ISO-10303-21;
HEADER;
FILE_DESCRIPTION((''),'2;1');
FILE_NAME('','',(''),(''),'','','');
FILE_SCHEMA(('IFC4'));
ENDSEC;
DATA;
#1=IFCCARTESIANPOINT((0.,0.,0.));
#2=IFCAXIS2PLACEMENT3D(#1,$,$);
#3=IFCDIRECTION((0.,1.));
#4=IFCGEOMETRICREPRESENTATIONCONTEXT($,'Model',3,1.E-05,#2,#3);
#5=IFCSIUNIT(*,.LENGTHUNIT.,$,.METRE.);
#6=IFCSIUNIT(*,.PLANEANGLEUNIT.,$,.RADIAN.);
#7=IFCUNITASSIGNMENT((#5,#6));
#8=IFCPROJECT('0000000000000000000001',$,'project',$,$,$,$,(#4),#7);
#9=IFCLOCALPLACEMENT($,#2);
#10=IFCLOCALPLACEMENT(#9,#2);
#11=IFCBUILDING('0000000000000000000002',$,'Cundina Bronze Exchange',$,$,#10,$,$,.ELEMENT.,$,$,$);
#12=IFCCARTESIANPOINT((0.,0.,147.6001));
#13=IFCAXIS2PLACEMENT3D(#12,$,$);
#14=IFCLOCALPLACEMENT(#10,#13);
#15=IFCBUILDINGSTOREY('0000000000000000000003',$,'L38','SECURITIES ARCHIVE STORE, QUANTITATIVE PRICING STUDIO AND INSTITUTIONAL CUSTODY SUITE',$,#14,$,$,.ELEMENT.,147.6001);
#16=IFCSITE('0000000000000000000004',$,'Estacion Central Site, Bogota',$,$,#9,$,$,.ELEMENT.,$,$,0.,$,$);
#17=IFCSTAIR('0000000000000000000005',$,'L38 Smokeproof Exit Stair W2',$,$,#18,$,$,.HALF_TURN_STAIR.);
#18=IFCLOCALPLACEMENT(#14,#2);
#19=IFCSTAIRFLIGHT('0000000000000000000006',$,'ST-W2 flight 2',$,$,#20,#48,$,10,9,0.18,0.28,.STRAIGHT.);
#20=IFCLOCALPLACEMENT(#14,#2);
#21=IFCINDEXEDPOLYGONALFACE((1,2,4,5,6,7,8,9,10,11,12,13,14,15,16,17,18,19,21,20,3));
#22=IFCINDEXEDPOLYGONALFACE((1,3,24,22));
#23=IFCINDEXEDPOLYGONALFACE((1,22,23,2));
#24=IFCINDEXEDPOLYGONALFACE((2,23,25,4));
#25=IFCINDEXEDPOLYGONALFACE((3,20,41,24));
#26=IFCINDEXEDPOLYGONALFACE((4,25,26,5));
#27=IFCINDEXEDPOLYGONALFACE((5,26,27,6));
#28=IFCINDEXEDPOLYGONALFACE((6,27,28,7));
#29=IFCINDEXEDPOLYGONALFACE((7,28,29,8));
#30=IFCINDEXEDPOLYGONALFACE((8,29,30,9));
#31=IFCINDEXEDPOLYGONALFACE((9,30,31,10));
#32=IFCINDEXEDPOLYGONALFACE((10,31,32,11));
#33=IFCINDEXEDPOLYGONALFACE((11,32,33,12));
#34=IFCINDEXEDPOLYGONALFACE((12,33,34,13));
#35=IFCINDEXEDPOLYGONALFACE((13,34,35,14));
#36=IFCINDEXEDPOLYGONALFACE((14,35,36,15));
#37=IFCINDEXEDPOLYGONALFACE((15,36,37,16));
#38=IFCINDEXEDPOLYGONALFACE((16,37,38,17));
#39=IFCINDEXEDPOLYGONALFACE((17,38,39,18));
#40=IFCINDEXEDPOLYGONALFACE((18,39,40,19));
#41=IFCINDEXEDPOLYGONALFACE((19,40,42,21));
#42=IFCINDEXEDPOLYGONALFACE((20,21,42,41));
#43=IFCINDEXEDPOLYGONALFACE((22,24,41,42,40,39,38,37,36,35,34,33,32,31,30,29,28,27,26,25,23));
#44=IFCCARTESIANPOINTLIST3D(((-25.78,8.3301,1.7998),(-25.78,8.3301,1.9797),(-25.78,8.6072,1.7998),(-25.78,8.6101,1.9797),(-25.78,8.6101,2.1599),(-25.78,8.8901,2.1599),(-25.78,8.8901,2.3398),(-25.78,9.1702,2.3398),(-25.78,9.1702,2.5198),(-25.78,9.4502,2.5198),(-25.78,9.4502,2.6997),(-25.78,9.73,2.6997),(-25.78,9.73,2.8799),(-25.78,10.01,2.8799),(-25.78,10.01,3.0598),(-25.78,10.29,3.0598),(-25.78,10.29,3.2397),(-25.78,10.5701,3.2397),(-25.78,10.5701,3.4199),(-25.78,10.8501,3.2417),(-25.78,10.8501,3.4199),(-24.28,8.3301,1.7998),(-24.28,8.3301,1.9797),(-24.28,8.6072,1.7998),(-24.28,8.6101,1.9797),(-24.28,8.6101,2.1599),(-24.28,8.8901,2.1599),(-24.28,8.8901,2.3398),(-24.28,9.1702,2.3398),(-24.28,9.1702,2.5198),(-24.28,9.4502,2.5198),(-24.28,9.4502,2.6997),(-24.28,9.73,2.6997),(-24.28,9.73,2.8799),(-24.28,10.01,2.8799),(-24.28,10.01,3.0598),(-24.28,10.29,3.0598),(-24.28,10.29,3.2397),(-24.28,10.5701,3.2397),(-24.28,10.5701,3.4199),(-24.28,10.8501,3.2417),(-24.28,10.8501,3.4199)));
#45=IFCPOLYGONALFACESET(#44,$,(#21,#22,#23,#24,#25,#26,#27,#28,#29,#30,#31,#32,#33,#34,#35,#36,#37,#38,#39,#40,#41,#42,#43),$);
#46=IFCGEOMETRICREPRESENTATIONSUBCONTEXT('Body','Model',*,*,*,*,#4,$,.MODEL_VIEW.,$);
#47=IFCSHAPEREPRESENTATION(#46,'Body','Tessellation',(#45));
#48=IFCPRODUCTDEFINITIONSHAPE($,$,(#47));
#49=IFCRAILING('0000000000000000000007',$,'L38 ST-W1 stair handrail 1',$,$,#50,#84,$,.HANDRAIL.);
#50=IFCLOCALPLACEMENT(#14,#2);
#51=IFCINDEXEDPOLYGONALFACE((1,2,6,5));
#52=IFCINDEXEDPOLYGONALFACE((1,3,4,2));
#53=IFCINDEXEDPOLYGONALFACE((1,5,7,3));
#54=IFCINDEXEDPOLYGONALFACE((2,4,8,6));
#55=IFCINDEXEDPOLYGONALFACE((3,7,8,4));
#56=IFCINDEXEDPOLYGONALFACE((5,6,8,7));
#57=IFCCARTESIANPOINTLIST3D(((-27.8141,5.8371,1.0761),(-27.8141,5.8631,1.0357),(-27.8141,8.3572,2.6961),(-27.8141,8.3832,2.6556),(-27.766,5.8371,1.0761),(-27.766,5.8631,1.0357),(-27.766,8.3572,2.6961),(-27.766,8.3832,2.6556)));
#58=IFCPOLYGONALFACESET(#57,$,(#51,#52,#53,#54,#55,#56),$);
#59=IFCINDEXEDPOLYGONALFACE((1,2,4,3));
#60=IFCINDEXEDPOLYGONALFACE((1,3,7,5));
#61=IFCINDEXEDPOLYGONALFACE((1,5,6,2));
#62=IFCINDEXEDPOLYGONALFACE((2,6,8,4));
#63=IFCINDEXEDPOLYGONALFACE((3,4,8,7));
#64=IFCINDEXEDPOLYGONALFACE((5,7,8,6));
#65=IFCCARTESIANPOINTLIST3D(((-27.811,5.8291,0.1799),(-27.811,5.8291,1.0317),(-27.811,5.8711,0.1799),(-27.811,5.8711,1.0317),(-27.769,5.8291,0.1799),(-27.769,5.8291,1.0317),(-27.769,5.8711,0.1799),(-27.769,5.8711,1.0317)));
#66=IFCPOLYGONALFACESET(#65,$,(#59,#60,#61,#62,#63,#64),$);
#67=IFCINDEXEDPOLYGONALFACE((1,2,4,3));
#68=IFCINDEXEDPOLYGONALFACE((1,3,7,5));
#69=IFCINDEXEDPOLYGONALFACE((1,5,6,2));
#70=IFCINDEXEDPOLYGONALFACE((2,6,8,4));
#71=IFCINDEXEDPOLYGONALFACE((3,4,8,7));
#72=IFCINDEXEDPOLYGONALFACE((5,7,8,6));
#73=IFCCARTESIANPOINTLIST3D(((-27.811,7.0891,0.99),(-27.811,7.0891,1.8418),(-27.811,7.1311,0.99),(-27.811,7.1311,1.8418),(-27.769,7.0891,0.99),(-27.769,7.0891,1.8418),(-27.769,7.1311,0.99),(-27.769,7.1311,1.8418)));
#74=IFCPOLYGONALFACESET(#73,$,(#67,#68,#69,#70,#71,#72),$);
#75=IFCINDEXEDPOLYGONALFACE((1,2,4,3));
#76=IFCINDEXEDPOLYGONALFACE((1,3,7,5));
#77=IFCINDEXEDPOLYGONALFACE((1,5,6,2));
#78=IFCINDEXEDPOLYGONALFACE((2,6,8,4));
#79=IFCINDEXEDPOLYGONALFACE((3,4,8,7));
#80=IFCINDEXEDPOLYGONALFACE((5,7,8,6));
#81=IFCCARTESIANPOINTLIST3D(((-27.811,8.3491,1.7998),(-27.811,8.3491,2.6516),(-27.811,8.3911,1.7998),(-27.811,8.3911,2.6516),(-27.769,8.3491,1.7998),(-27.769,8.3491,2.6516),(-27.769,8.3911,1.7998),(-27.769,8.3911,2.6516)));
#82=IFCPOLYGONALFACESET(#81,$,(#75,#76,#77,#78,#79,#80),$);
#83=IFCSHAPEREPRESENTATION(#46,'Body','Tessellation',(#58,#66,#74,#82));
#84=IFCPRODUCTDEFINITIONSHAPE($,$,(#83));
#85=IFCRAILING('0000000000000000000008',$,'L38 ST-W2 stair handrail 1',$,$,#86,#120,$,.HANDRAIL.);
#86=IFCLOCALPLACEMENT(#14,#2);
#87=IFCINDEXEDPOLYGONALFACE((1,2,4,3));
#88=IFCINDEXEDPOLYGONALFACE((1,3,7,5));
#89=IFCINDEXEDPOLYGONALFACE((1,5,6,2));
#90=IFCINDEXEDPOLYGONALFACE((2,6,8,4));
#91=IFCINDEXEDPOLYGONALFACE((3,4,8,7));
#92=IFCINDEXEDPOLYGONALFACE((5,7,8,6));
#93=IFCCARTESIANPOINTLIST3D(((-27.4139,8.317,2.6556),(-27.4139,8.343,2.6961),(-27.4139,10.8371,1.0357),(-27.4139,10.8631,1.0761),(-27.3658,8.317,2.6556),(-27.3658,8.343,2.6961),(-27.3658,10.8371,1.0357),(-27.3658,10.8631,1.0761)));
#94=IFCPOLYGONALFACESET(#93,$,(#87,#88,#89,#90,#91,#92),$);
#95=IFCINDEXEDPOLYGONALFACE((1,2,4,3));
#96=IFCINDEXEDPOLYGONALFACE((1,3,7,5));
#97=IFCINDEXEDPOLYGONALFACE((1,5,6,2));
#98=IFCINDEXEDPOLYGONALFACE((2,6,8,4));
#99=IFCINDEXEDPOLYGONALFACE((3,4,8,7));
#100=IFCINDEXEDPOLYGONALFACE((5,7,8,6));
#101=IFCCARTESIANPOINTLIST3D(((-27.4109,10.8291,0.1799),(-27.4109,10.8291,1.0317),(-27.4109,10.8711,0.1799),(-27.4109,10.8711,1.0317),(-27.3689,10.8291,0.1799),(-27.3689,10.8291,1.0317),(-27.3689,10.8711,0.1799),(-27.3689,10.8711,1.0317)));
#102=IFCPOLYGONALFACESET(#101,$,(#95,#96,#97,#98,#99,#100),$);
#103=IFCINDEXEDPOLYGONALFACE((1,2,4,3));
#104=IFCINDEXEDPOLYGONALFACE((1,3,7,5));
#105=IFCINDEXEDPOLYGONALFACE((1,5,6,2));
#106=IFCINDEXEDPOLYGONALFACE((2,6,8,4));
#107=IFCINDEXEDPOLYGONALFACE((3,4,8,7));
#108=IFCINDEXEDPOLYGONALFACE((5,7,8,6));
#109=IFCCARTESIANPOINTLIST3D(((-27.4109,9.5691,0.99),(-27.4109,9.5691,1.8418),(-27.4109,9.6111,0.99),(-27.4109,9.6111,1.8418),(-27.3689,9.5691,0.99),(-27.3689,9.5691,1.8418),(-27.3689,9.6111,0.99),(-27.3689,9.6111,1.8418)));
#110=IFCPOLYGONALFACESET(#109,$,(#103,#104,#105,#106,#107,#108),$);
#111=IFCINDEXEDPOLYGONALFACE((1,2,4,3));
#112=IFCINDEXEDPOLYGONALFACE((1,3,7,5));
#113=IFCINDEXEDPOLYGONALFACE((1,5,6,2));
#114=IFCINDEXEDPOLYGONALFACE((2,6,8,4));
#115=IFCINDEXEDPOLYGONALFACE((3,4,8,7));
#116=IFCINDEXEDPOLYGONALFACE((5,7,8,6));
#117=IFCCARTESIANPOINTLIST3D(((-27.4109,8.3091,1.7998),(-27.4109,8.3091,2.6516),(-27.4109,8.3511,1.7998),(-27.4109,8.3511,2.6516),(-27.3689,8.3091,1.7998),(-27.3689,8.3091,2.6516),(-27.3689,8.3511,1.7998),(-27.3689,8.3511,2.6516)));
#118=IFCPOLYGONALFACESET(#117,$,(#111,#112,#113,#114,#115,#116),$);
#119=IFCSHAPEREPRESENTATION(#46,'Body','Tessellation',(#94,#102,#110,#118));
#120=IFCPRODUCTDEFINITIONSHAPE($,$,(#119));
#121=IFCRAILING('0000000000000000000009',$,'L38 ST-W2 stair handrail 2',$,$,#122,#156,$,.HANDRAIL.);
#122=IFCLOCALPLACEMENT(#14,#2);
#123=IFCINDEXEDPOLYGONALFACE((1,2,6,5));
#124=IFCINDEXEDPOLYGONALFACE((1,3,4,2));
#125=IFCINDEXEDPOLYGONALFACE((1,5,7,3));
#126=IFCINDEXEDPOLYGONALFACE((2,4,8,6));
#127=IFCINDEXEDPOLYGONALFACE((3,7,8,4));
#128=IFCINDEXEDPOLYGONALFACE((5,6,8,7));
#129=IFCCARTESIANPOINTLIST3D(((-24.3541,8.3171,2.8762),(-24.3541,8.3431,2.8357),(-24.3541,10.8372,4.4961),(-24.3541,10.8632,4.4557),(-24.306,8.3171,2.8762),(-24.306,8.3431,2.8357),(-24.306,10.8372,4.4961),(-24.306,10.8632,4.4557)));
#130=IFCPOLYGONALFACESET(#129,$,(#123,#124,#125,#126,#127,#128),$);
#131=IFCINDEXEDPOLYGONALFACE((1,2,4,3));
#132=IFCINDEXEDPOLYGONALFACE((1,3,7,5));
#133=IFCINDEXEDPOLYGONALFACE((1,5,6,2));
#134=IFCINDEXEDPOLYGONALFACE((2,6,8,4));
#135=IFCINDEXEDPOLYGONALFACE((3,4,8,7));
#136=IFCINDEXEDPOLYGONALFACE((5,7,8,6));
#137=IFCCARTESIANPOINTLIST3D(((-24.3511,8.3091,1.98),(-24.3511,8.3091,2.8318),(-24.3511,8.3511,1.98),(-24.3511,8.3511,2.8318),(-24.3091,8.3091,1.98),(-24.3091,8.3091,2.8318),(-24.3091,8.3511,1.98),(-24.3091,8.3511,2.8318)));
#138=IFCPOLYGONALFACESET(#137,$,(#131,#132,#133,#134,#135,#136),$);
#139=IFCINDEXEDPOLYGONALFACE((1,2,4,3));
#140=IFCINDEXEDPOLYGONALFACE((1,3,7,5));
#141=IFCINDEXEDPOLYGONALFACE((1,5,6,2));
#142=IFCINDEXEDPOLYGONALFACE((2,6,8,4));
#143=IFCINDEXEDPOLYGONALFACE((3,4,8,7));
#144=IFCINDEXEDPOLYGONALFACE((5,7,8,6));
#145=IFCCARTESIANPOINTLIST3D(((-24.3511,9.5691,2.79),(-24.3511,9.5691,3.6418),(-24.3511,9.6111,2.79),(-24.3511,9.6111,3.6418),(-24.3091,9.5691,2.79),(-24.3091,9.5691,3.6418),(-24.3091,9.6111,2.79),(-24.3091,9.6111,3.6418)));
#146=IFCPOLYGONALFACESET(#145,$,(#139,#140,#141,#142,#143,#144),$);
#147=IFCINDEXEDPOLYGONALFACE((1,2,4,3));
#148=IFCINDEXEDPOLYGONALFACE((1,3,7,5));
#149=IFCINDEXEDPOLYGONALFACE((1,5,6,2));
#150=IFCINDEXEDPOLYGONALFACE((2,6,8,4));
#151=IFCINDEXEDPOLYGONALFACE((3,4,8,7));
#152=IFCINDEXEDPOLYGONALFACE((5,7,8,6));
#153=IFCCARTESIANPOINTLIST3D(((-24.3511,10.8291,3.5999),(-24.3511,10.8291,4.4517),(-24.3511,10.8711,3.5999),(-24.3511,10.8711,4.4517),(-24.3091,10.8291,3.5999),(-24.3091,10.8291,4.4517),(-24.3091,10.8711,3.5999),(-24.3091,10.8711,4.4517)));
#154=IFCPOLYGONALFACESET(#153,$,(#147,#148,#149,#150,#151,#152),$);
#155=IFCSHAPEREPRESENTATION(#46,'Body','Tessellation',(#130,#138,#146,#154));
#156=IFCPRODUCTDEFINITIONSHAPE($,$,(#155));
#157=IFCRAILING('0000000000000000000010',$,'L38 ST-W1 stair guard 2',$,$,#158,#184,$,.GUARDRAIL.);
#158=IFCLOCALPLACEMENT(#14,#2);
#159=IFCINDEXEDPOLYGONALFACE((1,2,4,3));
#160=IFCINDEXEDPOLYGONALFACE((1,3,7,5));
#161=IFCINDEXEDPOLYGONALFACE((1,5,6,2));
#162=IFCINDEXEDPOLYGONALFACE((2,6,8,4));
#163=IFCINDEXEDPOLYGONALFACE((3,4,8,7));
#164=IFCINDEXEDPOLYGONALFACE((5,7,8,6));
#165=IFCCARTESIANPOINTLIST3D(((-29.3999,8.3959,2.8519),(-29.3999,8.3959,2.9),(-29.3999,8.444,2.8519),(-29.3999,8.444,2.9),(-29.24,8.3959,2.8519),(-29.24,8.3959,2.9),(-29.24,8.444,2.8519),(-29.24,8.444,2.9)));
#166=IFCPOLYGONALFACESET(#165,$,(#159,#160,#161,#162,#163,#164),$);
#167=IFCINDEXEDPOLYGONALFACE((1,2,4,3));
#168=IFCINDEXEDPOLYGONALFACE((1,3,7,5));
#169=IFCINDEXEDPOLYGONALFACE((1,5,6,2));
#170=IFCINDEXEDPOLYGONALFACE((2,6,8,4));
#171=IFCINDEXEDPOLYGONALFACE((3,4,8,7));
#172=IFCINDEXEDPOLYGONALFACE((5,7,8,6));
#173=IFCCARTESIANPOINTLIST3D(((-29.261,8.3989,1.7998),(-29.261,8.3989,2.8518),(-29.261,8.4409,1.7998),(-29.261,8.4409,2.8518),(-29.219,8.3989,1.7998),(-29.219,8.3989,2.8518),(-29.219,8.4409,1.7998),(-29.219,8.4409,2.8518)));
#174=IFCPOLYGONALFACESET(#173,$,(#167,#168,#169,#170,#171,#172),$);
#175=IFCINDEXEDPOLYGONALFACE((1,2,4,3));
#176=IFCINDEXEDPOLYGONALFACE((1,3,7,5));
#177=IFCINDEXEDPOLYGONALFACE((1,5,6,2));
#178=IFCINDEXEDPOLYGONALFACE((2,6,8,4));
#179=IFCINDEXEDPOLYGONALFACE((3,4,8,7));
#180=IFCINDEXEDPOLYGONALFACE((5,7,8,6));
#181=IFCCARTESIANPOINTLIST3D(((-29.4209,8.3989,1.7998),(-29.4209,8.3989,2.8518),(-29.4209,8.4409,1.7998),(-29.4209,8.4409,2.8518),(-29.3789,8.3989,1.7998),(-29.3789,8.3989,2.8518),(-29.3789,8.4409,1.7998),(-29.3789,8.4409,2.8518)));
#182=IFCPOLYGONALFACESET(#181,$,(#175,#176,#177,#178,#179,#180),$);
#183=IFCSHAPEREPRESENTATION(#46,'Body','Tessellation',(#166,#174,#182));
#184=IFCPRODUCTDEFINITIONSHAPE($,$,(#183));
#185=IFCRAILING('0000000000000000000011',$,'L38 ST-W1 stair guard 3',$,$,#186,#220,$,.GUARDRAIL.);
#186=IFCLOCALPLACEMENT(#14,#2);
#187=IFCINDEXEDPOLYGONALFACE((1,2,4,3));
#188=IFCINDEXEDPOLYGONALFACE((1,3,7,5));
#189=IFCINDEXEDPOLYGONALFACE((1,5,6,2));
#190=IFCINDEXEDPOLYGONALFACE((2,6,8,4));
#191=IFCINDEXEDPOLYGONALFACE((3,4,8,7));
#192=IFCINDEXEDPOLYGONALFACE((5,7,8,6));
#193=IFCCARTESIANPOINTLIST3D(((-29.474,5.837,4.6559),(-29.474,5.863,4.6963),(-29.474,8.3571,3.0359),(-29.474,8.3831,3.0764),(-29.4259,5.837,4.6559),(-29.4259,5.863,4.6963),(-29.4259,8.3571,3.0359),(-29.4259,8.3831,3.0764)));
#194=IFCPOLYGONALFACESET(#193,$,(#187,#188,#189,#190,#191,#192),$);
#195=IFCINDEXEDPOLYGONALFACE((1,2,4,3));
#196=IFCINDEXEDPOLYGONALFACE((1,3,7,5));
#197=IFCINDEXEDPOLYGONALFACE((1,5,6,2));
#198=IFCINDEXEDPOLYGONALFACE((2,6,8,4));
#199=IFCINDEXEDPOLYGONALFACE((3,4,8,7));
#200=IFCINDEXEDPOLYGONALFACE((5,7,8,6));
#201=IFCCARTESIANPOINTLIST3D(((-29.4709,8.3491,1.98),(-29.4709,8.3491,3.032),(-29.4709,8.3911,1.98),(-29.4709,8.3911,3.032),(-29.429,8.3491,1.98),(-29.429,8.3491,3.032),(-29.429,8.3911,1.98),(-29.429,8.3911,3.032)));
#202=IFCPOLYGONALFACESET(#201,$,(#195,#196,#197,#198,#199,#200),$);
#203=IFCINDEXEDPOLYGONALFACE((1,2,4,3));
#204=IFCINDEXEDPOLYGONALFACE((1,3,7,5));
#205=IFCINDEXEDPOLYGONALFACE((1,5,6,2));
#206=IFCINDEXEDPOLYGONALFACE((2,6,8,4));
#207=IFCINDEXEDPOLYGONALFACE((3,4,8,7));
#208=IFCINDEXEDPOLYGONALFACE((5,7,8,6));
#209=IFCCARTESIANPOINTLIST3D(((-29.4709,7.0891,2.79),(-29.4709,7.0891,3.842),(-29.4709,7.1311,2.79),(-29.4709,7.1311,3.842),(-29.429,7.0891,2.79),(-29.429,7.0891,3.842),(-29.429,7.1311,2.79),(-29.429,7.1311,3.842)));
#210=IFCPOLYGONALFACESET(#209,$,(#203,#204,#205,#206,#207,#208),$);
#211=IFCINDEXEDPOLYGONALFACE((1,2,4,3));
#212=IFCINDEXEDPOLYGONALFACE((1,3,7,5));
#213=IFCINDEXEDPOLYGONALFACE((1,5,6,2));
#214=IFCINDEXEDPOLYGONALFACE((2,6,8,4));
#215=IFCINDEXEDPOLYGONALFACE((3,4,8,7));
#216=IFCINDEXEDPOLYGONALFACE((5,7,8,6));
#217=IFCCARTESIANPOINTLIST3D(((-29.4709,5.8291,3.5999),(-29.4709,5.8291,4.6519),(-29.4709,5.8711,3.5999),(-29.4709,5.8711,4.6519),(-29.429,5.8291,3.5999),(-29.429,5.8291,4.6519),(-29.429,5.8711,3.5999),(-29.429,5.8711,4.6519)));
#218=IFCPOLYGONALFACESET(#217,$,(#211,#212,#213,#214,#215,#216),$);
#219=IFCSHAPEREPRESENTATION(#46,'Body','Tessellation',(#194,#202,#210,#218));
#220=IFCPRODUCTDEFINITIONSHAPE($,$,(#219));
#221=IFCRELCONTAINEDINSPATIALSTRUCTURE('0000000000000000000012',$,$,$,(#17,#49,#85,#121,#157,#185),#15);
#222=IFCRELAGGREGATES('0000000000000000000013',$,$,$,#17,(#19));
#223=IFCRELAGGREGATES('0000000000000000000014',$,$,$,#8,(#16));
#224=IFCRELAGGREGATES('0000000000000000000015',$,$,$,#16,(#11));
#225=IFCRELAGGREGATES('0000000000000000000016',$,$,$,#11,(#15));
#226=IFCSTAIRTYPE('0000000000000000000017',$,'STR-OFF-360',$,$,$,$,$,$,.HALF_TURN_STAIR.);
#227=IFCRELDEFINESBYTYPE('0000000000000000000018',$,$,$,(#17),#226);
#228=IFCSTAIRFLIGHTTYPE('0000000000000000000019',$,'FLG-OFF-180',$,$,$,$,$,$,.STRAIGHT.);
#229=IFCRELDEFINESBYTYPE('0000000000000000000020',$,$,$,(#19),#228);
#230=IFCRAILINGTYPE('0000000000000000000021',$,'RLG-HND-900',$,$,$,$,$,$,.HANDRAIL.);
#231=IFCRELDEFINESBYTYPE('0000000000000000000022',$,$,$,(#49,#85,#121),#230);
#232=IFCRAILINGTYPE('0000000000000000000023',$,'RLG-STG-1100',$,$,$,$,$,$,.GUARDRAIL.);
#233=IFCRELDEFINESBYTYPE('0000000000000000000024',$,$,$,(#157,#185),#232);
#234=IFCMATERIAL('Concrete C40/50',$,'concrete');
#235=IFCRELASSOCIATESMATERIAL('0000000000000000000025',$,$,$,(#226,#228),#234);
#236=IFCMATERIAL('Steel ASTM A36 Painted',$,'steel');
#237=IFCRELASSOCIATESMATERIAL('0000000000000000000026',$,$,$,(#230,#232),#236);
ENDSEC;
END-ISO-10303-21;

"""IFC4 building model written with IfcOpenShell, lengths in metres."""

from ifc_helpers import new_model, si_unit, direction, frame, origin, origin_2d, place, context, subcontext, project, spatial, polyline, rectangle, outline, extrude, material, type_object, element, aggregate, save


model = new_model("IFC4")

# Units and contexts
model_context = context("Model", 3, precision=1e-05, world=origin(), true_north=direction((0.0, 1.0)))
body_context = subcontext(model_context, "Body", "Model", "MODEL_VIEW")
ifc_project = project(units=[si_unit("LENGTHUNIT", "METRE"), si_unit("PLANEANGLEUNIT", "RADIAN")], contexts=[model_context])

# Site, building, storey
site_placement = place(None, origin())
site = spatial("IfcSite", under=ifc_project, at=site_placement, Name="Estacion Central Site, Bogota", CompositionType="ELEMENT", RefElevation=0.0)
building_placement = place(site_placement, origin())
building = spatial("IfcBuilding", under=site, at=building_placement, Name="Cundina Bronze Exchange", CompositionType="ELEMENT")
storey_placement = place(building_placement, frame((0.0, 0.0, 147.6001)))
storey = spatial("IfcBuildingStorey", under=building, at=storey_placement, Name="L38", Description="SECURITIES ARCHIVE STORE, QUANTITATIVE PRICING STUDIO AND INSTITUTIONAL CUSTODY SUITE", CompositionType="ELEMENT", Elevation=147.6001)

# Shared definitions
ifc_material_1 = material(Name="Steel ASTM A36 Painted", Category="steel")

# Stair, stair flight
ifc_material_2 = material(Name="Concrete C40/50", Category="concrete")
stair_type = type_object("IfcStairType", Name="STR-OFF-360", PredefinedType="HALF_TURN_STAIR", material=ifc_material_2)
stair_placement = place(storey_placement, origin())
stair = element("IfcStair", 1, at=stair_placement, inside=storey, type_object=stair_type, Name="L38 Smokeproof Exit Stair W2", PredefinedType="HALF_TURN_STAIR")
stair_flight_type = type_object("IfcStairFlightType", Name="FLG-OFF-180", PredefinedType="STRAIGHT", material=ifc_material_2)
stair_flight_1_placement = place(storey_placement, frame((-25.03, 8.3301, 1.7998), z_axis=(0.0, 0.0, 1.0), x_axis=(0.0, 1.0, 0.0)))
stair_flight_1 = element("IfcStairFlight", 2, at=stair_flight_1_placement, type_object=stair_flight_type, Name="ST-W2 flight 2", NumberOfRisers=10, NumberOfTreads=9, PredefinedType="STRAIGHT", RiserHeight=0.18, TreadLength=0.28, context=body_context, shape_type="SweptSolid", body=[
    extrude(outline(polyline([(0.0, 0.0), (0.0, 0.1799), (0.28, 0.1799), (0.28, 0.3601), (0.5601, 0.3601), (0.5601, 0.54), (0.8401, 0.54), (0.8401, 0.72), (1.1201, 0.72), (1.1201, 0.8999), (1.3999, 0.8999), (1.3999, 1.0801), (1.6799, 1.0801), (1.6799, 1.26), (1.96, 1.26), (1.96, 1.4399), (2.24, 1.4399), (2.24, 1.6201), (2.52, 1.6201), (2.52, 1.8), (2.52, 1.4419), (0.2771, 0.0), (0.0, 0.0)])), frame((0.0, 0.75, 0.0), z_axis=(0.0, -1.0, 0.0), x_axis=(1.0, 0.0, 0.0)), (0.0, 0.0, 1.0), 1.5),
])
aggregate(stair, [stair_flight_1])

# Railings
railing_type_1 = type_object("IfcRailingType", Name="RLG-HND-900", PredefinedType="HANDRAIL", material=ifc_material_1)
railing_1_placement = place(storey_placement, frame((-27.79, 5.8501, 0.1799)))
element("IfcRailing", 3, at=railing_1_placement, inside=storey, type_object=railing_type_1, Name="L38 ST-W1 stair handrail 1", PredefinedType="HANDRAIL", context=body_context, shape_type="SweptSolid", body=[
    extrude(rectangle(XDim=0.0481, YDim=0.0481, at=origin_2d()), frame((0.0, 0.0, 0.876), z_axis=(0.0, 0.8412, 0.540725), x_axis=(-1.0, 0.0, 0.0)), (0.0, 0.0, 1.0), 2.9958),
    extrude(rectangle(XDim=0.042, YDim=0.042, at=origin_2d()), origin(), (0.0, 0.0, 1.0), 0.8518),
    extrude(rectangle(XDim=0.042, YDim=0.042, at=origin_2d()), frame((0.0, 1.26, 0.8101)), (0.0, 0.0, 1.0), 0.8518),
    extrude(rectangle(XDim=0.042, YDim=0.042, at=origin_2d()), frame((0.0, 2.52, 1.6199)), (0.0, 0.0, 1.0), 0.8518),
])
railing_2_placement = place(storey_placement, frame((-27.3899, 10.8501, 0.1799)))
element("IfcRailing", 4, at=railing_2_placement, inside=storey, type_object=railing_type_1, Name="L38 ST-W2 stair handrail 1", PredefinedType="HANDRAIL", context=body_context, shape_type="SweptSolid", body=[
    extrude(rectangle(XDim=0.0481, YDim=0.0481, at=origin_2d()), frame((0.0, 0.0, 0.876), z_axis=(0.0, -0.8412, 0.540725), x_axis=(1.0, 0.0, 0.0)), (0.0, 0.0, 1.0), 2.9958),
    extrude(rectangle(XDim=0.042, YDim=0.042, at=origin_2d()), origin(), (0.0, 0.0, 1.0), 0.8518),
    extrude(rectangle(XDim=0.042, YDim=0.042, at=origin_2d()), frame((0.0, -1.26, 0.8101)), (0.0, 0.0, 1.0), 0.8518),
    extrude(rectangle(XDim=0.042, YDim=0.042, at=origin_2d()), frame((0.0, -2.52, 1.6199)), (0.0, 0.0, 1.0), 0.8518),
])
railing_3_placement = place(storey_placement, frame((-24.3301, 8.3301, 1.98)))
element("IfcRailing", 5, at=railing_3_placement, inside=storey, type_object=railing_type_1, Name="L38 ST-W2 stair handrail 2", PredefinedType="HANDRAIL", context=body_context, shape_type="SweptSolid", body=[
    extrude(rectangle(XDim=0.0481, YDim=0.0481, at=origin_2d()), frame((0.0, 0.0, 0.876), z_axis=(0.0, 0.8412, 0.540725), x_axis=(-1.0, 0.0, 0.0)), (0.0, 0.0, 1.0), 2.9958),
    extrude(rectangle(XDim=0.042, YDim=0.042, at=origin_2d()), origin(), (0.0, 0.0, 1.0), 0.8518),
    extrude(rectangle(XDim=0.042, YDim=0.042, at=origin_2d()), frame((0.0, 1.26, 0.8101)), (0.0, 0.0, 1.0), 0.8518),
    extrude(rectangle(XDim=0.042, YDim=0.042, at=origin_2d()), frame((0.0, 2.52, 1.6199)), (0.0, 0.0, 1.0), 0.8518),
])
railing_type_2 = type_object("IfcRailingType", Name="RLG-STG-1100", PredefinedType="GUARDRAIL", material=ifc_material_1)
railing_4_placement = place(storey_placement, frame((-29.24, 8.4199, 1.7998)))
element("IfcRailing", 6, at=railing_4_placement, inside=storey, type_object=railing_type_2, Name="L38 ST-W1 stair guard 2", PredefinedType="GUARDRAIL", context=body_context, shape_type="SweptSolid", body=[
    extrude(rectangle(XDim=0.0481, YDim=0.0481, at=origin_2d()), frame((0.0, 0.0, 1.0762), z_axis=(-1.0, 0.0, 0.0), x_axis=(0.0, -1.0, 0.0)), (0.0, 0.0, 1.0), 0.1599),
    extrude(rectangle(XDim=0.042, YDim=0.042, at=origin_2d()), origin(), (0.0, 0.0, 1.0), 1.052),
    extrude(rectangle(XDim=0.042, YDim=0.042, at=origin_2d()), frame((-0.1599, 0.0, 0.0)), (0.0, 0.0, 1.0), 1.052),
])
for number, where, name in (
    (7, (-29.45, 8.3701, 1.98), "L38 ST-W1 stair guard 3"),
):
    element("IfcRailing", number, at=place(storey_placement, frame(where)), inside=storey, type_object=railing_type_2, Name=name, PredefinedType="GUARDRAIL", context=body_context, shape_type="SweptSolid", body=[
        extrude(rectangle(XDim=0.0481, YDim=0.0481, at=origin_2d()), frame((0.0, 0.0, 1.0762), z_axis=(0.0, -0.8412, 0.540725), x_axis=(1.0, 0.0, 0.0)), (0.0, 0.0, 1.0), 2.9958),
        extrude(rectangle(XDim=0.042, YDim=0.042, at=origin_2d()), origin(), (0.0, 0.0, 1.0), 1.052),
        extrude(rectangle(XDim=0.042, YDim=0.042, at=origin_2d()), frame((0.0, -1.26, 0.8101)), (0.0, 0.0, 1.0), 1.052),
        extrude(rectangle(XDim=0.042, YDim=0.042, at=origin_2d()), frame((0.0, -2.52, 1.6199)), (0.0, 0.0, 1.0), 1.052),
    ])

save(model, "model.ifc")
